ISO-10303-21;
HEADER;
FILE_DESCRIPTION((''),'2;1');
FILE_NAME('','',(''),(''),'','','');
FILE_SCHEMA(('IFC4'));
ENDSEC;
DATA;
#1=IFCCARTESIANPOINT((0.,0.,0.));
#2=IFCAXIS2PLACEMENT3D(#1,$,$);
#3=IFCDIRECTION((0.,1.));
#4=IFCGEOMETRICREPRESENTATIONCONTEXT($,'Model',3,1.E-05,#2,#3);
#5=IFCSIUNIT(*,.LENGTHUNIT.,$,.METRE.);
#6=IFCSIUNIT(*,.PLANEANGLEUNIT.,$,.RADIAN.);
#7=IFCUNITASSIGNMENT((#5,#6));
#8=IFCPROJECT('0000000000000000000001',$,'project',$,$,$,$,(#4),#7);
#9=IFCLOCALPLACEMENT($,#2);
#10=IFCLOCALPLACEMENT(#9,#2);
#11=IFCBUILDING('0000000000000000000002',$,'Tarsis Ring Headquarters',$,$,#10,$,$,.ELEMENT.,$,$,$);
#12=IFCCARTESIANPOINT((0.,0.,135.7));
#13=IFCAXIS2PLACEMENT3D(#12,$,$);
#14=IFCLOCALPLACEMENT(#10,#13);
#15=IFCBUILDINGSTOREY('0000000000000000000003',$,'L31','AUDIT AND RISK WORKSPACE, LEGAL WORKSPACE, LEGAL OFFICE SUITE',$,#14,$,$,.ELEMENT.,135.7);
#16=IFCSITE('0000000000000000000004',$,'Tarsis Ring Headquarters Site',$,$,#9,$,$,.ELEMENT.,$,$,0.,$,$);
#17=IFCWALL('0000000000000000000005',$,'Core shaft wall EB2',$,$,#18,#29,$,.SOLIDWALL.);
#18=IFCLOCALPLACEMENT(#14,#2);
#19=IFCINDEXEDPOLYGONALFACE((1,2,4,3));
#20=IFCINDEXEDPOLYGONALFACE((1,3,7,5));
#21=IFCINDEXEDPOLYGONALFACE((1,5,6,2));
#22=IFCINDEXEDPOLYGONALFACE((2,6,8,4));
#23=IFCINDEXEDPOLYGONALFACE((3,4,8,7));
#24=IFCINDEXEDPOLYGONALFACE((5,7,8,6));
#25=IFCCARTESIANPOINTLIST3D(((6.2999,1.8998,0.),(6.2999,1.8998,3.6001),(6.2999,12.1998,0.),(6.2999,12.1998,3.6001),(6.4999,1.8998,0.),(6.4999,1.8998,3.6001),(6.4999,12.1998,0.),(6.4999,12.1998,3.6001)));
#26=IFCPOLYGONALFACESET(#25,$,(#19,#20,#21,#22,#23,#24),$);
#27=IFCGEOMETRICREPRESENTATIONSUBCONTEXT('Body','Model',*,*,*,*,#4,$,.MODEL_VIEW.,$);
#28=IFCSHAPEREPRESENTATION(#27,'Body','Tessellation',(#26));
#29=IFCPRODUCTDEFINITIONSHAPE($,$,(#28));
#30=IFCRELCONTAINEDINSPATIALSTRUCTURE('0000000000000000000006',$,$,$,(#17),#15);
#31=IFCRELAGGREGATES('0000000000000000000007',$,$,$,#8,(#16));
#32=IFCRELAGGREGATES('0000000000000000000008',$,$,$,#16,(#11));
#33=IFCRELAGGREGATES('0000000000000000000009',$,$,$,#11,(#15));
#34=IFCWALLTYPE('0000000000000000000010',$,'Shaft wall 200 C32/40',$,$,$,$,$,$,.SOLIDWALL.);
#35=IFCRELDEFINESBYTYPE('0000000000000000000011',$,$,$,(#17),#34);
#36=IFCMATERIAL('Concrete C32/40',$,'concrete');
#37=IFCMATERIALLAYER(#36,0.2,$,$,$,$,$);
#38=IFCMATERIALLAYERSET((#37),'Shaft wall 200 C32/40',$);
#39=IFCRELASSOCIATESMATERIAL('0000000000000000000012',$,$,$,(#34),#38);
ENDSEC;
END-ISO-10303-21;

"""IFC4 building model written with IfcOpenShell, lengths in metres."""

from ifc_helpers import new_model, si_unit, direction, frame, frame_2d, origin, place, context, subcontext, project, spatial, rectangle, extrude, material, layer, layer_set, type_object, element, save


model = new_model("IFC4")

# Units and contexts
model_context = context("Model", 3, precision=1e-05, world=origin(), true_north=direction((0.0, 1.0)))
body_context = subcontext(model_context, "Body", "Model", "MODEL_VIEW")
ifc_project = project(units=[si_unit("LENGTHUNIT", "METRE"), si_unit("PLANEANGLEUNIT", "RADIAN")], contexts=[model_context])

# Site, building, storey
site_placement = place(None, origin())
site = spatial("IfcSite", under=ifc_project, at=site_placement, Name="Tarsis Ring Headquarters Site", CompositionType="ELEMENT", RefElevation=0.0)
building_placement = place(site_placement, origin())
building = spatial("IfcBuilding", under=site, at=building_placement, Name="Tarsis Ring Headquarters", CompositionType="ELEMENT")
storey_placement = place(building_placement, frame((0.0, 0.0, 135.7)))
storey = spatial("IfcBuildingStorey", under=building, at=storey_placement, Name="L31", Description="AUDIT AND RISK WORKSPACE, LEGAL WORKSPACE, LEGAL OFFICE SUITE", CompositionType="ELEMENT", Elevation=135.7)

# Wall
ifc_material_1 = material(Name="Concrete C32/40", Category="concrete")
ifc_layer_1 = layer(ifc_material_1, 0.2)
ifc_layer_set_1 = layer_set([ifc_layer_1], Name="Shaft wall 200 C32/40")
wall_type_1 = type_object("IfcWallType", Name="Shaft wall 200 C32/40", PredefinedType="SOLIDWALL", material=ifc_layer_set_1)
wall_1_placement = place(storey_placement, frame((6.3999, 1.8999, 0.0), z_axis=(0.0, 0.0, 1.0), x_axis=(0.0, 1.0, 0.0)))
element("IfcWall", 1, at=wall_1_placement, inside=storey, type_object=wall_type_1, Name="Core shaft wall EB2", PredefinedType="SOLIDWALL", context=body_context, shape_type="SweptSolid", body=[
    extrude(rectangle(XDim=10.3, YDim=0.2, at=frame_2d((5.1499, 0.0))), origin(), (0.0, 0.0, 1.0), 3.6001),
])

save(model, "model.ifc")
